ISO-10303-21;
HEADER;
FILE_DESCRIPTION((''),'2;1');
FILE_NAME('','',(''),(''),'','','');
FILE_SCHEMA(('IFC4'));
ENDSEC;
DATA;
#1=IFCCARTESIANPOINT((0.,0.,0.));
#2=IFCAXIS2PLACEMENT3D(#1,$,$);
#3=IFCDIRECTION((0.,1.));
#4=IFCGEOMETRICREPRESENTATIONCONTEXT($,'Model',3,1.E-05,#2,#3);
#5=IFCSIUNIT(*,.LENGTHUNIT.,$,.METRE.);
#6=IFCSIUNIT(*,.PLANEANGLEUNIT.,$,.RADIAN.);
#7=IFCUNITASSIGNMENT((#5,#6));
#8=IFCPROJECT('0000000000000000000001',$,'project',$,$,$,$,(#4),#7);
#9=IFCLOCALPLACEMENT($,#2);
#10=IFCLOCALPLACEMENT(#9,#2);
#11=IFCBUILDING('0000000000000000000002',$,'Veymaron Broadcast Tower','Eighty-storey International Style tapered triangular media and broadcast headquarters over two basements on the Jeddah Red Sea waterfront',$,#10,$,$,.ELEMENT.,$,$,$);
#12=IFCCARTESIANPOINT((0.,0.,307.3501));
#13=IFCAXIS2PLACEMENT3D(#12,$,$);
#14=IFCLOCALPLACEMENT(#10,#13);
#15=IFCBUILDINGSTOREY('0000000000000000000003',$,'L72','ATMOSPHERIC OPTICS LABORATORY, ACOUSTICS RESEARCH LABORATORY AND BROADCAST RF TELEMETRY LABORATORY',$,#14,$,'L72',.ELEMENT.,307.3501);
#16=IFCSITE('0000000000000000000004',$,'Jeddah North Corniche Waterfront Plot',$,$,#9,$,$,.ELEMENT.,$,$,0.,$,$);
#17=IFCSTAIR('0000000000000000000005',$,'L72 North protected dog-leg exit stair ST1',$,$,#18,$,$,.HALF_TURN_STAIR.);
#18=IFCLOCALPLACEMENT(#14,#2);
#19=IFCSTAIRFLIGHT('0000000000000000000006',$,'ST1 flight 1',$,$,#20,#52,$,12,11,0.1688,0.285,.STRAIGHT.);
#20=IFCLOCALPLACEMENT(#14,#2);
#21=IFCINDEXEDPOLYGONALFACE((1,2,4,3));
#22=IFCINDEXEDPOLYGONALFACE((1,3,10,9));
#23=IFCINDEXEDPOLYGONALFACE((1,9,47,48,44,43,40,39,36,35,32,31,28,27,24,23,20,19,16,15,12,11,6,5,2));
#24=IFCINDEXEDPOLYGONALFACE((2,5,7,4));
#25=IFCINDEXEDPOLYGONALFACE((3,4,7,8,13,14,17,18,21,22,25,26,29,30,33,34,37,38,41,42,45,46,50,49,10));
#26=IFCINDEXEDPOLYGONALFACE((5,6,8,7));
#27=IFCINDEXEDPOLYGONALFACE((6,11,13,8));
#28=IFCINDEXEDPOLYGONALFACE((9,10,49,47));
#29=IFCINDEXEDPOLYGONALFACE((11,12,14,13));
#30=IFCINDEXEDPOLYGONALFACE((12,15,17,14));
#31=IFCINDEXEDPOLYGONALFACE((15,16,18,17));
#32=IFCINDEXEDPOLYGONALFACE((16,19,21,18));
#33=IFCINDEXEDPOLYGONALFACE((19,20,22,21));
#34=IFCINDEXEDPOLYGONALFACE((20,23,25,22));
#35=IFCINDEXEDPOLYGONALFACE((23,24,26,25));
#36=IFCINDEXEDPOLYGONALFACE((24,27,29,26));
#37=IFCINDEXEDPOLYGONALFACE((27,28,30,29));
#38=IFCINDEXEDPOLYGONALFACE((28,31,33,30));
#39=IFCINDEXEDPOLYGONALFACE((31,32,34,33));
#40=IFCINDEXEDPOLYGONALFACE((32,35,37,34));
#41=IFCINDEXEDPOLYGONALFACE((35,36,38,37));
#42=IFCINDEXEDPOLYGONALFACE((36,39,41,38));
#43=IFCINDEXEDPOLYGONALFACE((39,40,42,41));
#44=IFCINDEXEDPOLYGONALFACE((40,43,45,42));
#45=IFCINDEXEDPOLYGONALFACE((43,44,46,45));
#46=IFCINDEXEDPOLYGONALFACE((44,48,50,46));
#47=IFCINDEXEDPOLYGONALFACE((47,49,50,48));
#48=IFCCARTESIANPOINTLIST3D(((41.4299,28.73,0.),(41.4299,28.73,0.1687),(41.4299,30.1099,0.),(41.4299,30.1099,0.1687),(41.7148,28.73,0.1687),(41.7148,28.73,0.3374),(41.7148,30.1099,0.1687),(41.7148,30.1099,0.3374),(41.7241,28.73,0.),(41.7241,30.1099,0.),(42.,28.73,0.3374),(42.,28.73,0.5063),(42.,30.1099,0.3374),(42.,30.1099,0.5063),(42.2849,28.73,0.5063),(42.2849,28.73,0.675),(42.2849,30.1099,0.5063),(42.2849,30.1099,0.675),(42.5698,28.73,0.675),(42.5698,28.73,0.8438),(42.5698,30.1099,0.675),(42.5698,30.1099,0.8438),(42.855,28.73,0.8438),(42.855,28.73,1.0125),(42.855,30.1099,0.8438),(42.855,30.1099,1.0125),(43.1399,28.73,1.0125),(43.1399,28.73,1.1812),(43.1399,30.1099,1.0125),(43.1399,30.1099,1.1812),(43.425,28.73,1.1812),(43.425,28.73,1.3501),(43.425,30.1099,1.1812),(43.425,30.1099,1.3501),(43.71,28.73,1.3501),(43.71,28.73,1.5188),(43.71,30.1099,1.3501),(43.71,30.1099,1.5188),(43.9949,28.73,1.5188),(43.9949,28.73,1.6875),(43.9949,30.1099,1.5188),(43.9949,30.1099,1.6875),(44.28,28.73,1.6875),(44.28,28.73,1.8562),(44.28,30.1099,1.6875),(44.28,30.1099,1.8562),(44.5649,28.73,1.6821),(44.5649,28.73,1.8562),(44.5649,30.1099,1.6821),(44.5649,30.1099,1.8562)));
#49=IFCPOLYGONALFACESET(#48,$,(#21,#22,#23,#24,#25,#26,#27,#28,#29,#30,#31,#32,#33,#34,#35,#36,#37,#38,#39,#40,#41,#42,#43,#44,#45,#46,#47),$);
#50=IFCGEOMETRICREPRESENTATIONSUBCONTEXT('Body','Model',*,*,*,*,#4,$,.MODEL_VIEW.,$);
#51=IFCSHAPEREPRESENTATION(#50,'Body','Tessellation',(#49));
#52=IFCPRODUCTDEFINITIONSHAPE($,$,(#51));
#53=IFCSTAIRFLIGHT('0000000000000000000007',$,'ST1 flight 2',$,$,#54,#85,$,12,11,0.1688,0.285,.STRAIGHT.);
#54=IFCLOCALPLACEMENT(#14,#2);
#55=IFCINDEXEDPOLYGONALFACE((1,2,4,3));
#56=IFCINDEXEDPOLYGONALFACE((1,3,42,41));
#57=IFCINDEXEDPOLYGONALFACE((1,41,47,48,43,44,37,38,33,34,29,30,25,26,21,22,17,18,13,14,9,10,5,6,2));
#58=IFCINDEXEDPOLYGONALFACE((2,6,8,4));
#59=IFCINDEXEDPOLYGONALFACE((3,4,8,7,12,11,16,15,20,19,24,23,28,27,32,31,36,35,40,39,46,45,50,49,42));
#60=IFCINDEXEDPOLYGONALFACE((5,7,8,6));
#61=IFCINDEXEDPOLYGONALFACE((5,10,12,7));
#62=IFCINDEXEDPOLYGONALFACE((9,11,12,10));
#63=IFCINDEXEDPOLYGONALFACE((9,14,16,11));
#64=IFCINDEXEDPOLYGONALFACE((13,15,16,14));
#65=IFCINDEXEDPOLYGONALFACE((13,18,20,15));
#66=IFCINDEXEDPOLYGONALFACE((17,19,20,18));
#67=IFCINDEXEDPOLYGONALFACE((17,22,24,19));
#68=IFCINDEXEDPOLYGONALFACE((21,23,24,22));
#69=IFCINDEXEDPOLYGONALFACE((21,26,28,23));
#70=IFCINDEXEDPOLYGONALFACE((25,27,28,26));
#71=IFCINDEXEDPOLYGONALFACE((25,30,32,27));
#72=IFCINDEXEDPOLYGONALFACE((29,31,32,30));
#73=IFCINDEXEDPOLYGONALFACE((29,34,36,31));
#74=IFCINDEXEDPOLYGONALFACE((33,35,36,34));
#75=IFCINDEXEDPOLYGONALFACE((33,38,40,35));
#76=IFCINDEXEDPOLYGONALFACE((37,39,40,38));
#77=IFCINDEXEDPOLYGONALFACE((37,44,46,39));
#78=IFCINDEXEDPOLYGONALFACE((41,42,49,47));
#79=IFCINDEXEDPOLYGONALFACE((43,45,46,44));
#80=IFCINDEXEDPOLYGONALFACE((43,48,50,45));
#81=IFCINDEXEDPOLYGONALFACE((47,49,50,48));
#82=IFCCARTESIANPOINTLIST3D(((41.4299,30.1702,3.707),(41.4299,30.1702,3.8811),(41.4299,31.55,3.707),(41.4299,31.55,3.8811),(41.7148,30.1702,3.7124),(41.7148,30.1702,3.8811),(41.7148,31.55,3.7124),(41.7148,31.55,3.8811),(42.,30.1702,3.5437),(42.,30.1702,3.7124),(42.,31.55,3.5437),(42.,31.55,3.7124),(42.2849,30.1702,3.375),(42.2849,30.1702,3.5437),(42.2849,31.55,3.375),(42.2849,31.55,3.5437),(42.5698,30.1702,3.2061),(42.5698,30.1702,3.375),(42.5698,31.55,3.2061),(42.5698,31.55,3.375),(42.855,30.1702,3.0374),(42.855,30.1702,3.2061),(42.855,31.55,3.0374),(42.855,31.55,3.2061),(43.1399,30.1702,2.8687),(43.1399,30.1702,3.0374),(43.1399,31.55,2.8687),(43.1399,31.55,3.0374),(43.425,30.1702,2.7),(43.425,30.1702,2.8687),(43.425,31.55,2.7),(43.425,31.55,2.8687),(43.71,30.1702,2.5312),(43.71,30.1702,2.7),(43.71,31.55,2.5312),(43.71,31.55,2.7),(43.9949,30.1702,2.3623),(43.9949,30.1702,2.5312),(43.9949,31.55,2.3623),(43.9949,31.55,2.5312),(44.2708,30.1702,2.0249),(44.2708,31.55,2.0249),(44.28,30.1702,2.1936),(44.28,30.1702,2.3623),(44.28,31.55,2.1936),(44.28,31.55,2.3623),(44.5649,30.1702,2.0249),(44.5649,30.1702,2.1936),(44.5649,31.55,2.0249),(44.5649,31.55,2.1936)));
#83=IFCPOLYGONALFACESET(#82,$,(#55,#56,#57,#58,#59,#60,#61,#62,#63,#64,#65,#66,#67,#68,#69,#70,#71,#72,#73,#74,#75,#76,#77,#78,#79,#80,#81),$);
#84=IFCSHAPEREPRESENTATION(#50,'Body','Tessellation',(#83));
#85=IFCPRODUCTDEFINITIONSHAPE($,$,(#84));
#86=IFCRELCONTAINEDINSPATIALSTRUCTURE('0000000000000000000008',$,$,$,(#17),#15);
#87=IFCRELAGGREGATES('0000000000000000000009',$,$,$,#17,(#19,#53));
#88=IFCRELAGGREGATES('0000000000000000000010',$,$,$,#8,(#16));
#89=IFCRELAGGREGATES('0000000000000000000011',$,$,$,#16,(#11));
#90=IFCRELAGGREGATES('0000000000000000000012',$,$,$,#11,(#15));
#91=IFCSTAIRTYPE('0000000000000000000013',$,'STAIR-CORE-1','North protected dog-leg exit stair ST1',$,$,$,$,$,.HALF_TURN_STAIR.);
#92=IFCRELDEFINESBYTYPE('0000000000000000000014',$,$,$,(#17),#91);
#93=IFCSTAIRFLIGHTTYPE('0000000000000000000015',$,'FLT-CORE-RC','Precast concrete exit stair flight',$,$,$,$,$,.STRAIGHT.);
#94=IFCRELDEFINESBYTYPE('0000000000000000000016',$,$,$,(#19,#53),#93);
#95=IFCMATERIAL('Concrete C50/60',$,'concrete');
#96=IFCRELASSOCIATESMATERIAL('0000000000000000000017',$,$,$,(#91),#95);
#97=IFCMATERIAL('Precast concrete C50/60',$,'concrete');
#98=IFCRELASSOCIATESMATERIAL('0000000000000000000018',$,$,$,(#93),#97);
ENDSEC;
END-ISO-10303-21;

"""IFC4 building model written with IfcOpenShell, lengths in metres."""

from ifc_helpers import new_model, si_unit, direction, frame, origin, place, context, subcontext, project, spatial, polyline, outline, extrude, material, type_object, element, aggregate, save


model = new_model("IFC4")

# Units and contexts
model_context = context("Model", 3, precision=1e-05, world=origin(), true_north=direction((0.0, 1.0)))
body_context = subcontext(model_context, "Body", "Model", "MODEL_VIEW")
ifc_project = project(units=[si_unit("LENGTHUNIT", "METRE"), si_unit("PLANEANGLEUNIT", "RADIAN")], contexts=[model_context])

# Site, building, storey
site_placement = place(None, origin())
site = spatial("IfcSite", under=ifc_project, at=site_placement, Name="Jeddah North Corniche Waterfront Plot", CompositionType="ELEMENT", RefElevation=0.0)
building_placement = place(site_placement, origin())
building = spatial("IfcBuilding", under=site, at=building_placement, Name="Veymaron Broadcast Tower", Description="Eighty-storey International Style tapered triangular media and broadcast headquarters over two basements on the Jeddah Red Sea waterfront", CompositionType="ELEMENT")
storey_placement = place(building_placement, frame((0.0, 0.0, 307.3501)))
storey = spatial("IfcBuildingStorey", under=building, at=storey_placement, Name="L72", Description="ATMOSPHERIC OPTICS LABORATORY, ACOUSTICS RESEARCH LABORATORY AND BROADCAST RF TELEMETRY LABORATORY", LongName="L72", CompositionType="ELEMENT", Elevation=307.3501)

# Shared definitions
ifc_material_1 = material(Name="Concrete C50/60", Category="concrete")

# Stair, stair flights
stair_type = type_object("IfcStairType", Name="STAIR-CORE-1", Description="North protected dog-leg exit stair ST1", PredefinedType="HALF_TURN_STAIR", material=ifc_material_1)
stair_placement = place(storey_placement, origin())
stair = element("IfcStair", 1, at=stair_placement, inside=storey, type_object=stair_type, Name="L72 North protected dog-leg exit stair ST1", PredefinedType="HALF_TURN_STAIR")
ifc_material_2 = material(Name="Precast concrete C50/60", Category="concrete")
stair_flight_type = type_object("IfcStairFlightType", Name="FLT-CORE-RC", Description="Precast concrete exit stair flight", PredefinedType="STRAIGHT", material=ifc_material_2)
stair_flight_1_placement = place(storey_placement, frame((41.4299, 29.4199, 0.0), z_axis=(0.0, 0.0, 1.0), x_axis=(1.0, 0.0, 0.0)))
stair_flight_1 = element("IfcStairFlight", 2, at=stair_flight_1_placement, type_object=stair_flight_type, Name="ST1 flight 1", NumberOfRisers=12, NumberOfTreads=11, PredefinedType="STRAIGHT", RiserHeight=0.1688, TreadLength=0.285, context=body_context, shape_type="SweptSolid", body=[
    extrude(outline(polyline([(0.0, 0.0), (0.0, 0.1687), (0.2849, 0.1687), (0.2849, 0.3374), (0.5701, 0.3374), (0.5701, 0.5063), (0.855, 0.5063), (0.855, 0.675), (1.1399, 0.675), (1.1399, 0.8438), (1.425, 0.8438), (1.425, 1.0125), (1.71, 1.0125), (1.71, 1.1812), (1.9951, 1.1812), (1.9951, 1.3501), (2.28, 1.3501), (2.28, 1.5188), (2.5649, 1.5188), (2.5649, 1.6875), (2.8501, 1.6875), (2.8501, 1.8562), (3.135, 1.8562), (3.135, 2.0249), (3.135, 1.6821), (0.2942, 0.0), (0.0, 0.0)])), frame((0.0, 0.6899, 0.0), z_axis=(0.0, -1.0, 0.0), x_axis=(1.0, 0.0, 0.0)), (0.0, 0.0, 1.0), 1.3799),
])
stair_flight_2_placement = place(storey_placement, frame((44.5649, 30.8601, 2.0249), z_axis=(0.0, 0.0, 1.0), x_axis=(-1.0, 0.0, 0.0)))
stair_flight_2 = element("IfcStairFlight", 3, at=stair_flight_2_placement, type_object=stair_flight_type, Name="ST1 flight 2", NumberOfRisers=12, NumberOfTreads=11, PredefinedType="STRAIGHT", RiserHeight=0.1688, TreadLength=0.285, context=body_context, shape_type="SweptSolid", body=[
    extrude(outline(polyline([(0.0, 0.0), (0.0, 0.1687), (0.2849, 0.1687), (0.2849, 0.3374), (0.5701, 0.3374), (0.5701, 0.5063), (0.855, 0.5063), (0.855, 0.675), (1.1399, 0.675), (1.1399, 0.8438), (1.425, 0.8438), (1.425, 1.0125), (1.71, 1.0125), (1.71, 1.1812), (1.9951, 1.1812), (1.9951, 1.3501), (2.28, 1.3501), (2.28, 1.5188), (2.5649, 1.5188), (2.5649, 1.6875), (2.8501, 1.6875), (2.8501, 1.8562), (3.135, 1.8562), (3.135, 2.0249), (3.135, 1.6821), (0.2942, 0.0), (0.0, 0.0)])), frame((0.0, 0.6899, 0.0), z_axis=(0.0, -1.0, 0.0), x_axis=(1.0, 0.0, 0.0)), (0.0, 0.0, 1.0), 1.3799),
])
aggregate(stair, [stair_flight_1, stair_flight_2])

save(model, "model.ifc")
